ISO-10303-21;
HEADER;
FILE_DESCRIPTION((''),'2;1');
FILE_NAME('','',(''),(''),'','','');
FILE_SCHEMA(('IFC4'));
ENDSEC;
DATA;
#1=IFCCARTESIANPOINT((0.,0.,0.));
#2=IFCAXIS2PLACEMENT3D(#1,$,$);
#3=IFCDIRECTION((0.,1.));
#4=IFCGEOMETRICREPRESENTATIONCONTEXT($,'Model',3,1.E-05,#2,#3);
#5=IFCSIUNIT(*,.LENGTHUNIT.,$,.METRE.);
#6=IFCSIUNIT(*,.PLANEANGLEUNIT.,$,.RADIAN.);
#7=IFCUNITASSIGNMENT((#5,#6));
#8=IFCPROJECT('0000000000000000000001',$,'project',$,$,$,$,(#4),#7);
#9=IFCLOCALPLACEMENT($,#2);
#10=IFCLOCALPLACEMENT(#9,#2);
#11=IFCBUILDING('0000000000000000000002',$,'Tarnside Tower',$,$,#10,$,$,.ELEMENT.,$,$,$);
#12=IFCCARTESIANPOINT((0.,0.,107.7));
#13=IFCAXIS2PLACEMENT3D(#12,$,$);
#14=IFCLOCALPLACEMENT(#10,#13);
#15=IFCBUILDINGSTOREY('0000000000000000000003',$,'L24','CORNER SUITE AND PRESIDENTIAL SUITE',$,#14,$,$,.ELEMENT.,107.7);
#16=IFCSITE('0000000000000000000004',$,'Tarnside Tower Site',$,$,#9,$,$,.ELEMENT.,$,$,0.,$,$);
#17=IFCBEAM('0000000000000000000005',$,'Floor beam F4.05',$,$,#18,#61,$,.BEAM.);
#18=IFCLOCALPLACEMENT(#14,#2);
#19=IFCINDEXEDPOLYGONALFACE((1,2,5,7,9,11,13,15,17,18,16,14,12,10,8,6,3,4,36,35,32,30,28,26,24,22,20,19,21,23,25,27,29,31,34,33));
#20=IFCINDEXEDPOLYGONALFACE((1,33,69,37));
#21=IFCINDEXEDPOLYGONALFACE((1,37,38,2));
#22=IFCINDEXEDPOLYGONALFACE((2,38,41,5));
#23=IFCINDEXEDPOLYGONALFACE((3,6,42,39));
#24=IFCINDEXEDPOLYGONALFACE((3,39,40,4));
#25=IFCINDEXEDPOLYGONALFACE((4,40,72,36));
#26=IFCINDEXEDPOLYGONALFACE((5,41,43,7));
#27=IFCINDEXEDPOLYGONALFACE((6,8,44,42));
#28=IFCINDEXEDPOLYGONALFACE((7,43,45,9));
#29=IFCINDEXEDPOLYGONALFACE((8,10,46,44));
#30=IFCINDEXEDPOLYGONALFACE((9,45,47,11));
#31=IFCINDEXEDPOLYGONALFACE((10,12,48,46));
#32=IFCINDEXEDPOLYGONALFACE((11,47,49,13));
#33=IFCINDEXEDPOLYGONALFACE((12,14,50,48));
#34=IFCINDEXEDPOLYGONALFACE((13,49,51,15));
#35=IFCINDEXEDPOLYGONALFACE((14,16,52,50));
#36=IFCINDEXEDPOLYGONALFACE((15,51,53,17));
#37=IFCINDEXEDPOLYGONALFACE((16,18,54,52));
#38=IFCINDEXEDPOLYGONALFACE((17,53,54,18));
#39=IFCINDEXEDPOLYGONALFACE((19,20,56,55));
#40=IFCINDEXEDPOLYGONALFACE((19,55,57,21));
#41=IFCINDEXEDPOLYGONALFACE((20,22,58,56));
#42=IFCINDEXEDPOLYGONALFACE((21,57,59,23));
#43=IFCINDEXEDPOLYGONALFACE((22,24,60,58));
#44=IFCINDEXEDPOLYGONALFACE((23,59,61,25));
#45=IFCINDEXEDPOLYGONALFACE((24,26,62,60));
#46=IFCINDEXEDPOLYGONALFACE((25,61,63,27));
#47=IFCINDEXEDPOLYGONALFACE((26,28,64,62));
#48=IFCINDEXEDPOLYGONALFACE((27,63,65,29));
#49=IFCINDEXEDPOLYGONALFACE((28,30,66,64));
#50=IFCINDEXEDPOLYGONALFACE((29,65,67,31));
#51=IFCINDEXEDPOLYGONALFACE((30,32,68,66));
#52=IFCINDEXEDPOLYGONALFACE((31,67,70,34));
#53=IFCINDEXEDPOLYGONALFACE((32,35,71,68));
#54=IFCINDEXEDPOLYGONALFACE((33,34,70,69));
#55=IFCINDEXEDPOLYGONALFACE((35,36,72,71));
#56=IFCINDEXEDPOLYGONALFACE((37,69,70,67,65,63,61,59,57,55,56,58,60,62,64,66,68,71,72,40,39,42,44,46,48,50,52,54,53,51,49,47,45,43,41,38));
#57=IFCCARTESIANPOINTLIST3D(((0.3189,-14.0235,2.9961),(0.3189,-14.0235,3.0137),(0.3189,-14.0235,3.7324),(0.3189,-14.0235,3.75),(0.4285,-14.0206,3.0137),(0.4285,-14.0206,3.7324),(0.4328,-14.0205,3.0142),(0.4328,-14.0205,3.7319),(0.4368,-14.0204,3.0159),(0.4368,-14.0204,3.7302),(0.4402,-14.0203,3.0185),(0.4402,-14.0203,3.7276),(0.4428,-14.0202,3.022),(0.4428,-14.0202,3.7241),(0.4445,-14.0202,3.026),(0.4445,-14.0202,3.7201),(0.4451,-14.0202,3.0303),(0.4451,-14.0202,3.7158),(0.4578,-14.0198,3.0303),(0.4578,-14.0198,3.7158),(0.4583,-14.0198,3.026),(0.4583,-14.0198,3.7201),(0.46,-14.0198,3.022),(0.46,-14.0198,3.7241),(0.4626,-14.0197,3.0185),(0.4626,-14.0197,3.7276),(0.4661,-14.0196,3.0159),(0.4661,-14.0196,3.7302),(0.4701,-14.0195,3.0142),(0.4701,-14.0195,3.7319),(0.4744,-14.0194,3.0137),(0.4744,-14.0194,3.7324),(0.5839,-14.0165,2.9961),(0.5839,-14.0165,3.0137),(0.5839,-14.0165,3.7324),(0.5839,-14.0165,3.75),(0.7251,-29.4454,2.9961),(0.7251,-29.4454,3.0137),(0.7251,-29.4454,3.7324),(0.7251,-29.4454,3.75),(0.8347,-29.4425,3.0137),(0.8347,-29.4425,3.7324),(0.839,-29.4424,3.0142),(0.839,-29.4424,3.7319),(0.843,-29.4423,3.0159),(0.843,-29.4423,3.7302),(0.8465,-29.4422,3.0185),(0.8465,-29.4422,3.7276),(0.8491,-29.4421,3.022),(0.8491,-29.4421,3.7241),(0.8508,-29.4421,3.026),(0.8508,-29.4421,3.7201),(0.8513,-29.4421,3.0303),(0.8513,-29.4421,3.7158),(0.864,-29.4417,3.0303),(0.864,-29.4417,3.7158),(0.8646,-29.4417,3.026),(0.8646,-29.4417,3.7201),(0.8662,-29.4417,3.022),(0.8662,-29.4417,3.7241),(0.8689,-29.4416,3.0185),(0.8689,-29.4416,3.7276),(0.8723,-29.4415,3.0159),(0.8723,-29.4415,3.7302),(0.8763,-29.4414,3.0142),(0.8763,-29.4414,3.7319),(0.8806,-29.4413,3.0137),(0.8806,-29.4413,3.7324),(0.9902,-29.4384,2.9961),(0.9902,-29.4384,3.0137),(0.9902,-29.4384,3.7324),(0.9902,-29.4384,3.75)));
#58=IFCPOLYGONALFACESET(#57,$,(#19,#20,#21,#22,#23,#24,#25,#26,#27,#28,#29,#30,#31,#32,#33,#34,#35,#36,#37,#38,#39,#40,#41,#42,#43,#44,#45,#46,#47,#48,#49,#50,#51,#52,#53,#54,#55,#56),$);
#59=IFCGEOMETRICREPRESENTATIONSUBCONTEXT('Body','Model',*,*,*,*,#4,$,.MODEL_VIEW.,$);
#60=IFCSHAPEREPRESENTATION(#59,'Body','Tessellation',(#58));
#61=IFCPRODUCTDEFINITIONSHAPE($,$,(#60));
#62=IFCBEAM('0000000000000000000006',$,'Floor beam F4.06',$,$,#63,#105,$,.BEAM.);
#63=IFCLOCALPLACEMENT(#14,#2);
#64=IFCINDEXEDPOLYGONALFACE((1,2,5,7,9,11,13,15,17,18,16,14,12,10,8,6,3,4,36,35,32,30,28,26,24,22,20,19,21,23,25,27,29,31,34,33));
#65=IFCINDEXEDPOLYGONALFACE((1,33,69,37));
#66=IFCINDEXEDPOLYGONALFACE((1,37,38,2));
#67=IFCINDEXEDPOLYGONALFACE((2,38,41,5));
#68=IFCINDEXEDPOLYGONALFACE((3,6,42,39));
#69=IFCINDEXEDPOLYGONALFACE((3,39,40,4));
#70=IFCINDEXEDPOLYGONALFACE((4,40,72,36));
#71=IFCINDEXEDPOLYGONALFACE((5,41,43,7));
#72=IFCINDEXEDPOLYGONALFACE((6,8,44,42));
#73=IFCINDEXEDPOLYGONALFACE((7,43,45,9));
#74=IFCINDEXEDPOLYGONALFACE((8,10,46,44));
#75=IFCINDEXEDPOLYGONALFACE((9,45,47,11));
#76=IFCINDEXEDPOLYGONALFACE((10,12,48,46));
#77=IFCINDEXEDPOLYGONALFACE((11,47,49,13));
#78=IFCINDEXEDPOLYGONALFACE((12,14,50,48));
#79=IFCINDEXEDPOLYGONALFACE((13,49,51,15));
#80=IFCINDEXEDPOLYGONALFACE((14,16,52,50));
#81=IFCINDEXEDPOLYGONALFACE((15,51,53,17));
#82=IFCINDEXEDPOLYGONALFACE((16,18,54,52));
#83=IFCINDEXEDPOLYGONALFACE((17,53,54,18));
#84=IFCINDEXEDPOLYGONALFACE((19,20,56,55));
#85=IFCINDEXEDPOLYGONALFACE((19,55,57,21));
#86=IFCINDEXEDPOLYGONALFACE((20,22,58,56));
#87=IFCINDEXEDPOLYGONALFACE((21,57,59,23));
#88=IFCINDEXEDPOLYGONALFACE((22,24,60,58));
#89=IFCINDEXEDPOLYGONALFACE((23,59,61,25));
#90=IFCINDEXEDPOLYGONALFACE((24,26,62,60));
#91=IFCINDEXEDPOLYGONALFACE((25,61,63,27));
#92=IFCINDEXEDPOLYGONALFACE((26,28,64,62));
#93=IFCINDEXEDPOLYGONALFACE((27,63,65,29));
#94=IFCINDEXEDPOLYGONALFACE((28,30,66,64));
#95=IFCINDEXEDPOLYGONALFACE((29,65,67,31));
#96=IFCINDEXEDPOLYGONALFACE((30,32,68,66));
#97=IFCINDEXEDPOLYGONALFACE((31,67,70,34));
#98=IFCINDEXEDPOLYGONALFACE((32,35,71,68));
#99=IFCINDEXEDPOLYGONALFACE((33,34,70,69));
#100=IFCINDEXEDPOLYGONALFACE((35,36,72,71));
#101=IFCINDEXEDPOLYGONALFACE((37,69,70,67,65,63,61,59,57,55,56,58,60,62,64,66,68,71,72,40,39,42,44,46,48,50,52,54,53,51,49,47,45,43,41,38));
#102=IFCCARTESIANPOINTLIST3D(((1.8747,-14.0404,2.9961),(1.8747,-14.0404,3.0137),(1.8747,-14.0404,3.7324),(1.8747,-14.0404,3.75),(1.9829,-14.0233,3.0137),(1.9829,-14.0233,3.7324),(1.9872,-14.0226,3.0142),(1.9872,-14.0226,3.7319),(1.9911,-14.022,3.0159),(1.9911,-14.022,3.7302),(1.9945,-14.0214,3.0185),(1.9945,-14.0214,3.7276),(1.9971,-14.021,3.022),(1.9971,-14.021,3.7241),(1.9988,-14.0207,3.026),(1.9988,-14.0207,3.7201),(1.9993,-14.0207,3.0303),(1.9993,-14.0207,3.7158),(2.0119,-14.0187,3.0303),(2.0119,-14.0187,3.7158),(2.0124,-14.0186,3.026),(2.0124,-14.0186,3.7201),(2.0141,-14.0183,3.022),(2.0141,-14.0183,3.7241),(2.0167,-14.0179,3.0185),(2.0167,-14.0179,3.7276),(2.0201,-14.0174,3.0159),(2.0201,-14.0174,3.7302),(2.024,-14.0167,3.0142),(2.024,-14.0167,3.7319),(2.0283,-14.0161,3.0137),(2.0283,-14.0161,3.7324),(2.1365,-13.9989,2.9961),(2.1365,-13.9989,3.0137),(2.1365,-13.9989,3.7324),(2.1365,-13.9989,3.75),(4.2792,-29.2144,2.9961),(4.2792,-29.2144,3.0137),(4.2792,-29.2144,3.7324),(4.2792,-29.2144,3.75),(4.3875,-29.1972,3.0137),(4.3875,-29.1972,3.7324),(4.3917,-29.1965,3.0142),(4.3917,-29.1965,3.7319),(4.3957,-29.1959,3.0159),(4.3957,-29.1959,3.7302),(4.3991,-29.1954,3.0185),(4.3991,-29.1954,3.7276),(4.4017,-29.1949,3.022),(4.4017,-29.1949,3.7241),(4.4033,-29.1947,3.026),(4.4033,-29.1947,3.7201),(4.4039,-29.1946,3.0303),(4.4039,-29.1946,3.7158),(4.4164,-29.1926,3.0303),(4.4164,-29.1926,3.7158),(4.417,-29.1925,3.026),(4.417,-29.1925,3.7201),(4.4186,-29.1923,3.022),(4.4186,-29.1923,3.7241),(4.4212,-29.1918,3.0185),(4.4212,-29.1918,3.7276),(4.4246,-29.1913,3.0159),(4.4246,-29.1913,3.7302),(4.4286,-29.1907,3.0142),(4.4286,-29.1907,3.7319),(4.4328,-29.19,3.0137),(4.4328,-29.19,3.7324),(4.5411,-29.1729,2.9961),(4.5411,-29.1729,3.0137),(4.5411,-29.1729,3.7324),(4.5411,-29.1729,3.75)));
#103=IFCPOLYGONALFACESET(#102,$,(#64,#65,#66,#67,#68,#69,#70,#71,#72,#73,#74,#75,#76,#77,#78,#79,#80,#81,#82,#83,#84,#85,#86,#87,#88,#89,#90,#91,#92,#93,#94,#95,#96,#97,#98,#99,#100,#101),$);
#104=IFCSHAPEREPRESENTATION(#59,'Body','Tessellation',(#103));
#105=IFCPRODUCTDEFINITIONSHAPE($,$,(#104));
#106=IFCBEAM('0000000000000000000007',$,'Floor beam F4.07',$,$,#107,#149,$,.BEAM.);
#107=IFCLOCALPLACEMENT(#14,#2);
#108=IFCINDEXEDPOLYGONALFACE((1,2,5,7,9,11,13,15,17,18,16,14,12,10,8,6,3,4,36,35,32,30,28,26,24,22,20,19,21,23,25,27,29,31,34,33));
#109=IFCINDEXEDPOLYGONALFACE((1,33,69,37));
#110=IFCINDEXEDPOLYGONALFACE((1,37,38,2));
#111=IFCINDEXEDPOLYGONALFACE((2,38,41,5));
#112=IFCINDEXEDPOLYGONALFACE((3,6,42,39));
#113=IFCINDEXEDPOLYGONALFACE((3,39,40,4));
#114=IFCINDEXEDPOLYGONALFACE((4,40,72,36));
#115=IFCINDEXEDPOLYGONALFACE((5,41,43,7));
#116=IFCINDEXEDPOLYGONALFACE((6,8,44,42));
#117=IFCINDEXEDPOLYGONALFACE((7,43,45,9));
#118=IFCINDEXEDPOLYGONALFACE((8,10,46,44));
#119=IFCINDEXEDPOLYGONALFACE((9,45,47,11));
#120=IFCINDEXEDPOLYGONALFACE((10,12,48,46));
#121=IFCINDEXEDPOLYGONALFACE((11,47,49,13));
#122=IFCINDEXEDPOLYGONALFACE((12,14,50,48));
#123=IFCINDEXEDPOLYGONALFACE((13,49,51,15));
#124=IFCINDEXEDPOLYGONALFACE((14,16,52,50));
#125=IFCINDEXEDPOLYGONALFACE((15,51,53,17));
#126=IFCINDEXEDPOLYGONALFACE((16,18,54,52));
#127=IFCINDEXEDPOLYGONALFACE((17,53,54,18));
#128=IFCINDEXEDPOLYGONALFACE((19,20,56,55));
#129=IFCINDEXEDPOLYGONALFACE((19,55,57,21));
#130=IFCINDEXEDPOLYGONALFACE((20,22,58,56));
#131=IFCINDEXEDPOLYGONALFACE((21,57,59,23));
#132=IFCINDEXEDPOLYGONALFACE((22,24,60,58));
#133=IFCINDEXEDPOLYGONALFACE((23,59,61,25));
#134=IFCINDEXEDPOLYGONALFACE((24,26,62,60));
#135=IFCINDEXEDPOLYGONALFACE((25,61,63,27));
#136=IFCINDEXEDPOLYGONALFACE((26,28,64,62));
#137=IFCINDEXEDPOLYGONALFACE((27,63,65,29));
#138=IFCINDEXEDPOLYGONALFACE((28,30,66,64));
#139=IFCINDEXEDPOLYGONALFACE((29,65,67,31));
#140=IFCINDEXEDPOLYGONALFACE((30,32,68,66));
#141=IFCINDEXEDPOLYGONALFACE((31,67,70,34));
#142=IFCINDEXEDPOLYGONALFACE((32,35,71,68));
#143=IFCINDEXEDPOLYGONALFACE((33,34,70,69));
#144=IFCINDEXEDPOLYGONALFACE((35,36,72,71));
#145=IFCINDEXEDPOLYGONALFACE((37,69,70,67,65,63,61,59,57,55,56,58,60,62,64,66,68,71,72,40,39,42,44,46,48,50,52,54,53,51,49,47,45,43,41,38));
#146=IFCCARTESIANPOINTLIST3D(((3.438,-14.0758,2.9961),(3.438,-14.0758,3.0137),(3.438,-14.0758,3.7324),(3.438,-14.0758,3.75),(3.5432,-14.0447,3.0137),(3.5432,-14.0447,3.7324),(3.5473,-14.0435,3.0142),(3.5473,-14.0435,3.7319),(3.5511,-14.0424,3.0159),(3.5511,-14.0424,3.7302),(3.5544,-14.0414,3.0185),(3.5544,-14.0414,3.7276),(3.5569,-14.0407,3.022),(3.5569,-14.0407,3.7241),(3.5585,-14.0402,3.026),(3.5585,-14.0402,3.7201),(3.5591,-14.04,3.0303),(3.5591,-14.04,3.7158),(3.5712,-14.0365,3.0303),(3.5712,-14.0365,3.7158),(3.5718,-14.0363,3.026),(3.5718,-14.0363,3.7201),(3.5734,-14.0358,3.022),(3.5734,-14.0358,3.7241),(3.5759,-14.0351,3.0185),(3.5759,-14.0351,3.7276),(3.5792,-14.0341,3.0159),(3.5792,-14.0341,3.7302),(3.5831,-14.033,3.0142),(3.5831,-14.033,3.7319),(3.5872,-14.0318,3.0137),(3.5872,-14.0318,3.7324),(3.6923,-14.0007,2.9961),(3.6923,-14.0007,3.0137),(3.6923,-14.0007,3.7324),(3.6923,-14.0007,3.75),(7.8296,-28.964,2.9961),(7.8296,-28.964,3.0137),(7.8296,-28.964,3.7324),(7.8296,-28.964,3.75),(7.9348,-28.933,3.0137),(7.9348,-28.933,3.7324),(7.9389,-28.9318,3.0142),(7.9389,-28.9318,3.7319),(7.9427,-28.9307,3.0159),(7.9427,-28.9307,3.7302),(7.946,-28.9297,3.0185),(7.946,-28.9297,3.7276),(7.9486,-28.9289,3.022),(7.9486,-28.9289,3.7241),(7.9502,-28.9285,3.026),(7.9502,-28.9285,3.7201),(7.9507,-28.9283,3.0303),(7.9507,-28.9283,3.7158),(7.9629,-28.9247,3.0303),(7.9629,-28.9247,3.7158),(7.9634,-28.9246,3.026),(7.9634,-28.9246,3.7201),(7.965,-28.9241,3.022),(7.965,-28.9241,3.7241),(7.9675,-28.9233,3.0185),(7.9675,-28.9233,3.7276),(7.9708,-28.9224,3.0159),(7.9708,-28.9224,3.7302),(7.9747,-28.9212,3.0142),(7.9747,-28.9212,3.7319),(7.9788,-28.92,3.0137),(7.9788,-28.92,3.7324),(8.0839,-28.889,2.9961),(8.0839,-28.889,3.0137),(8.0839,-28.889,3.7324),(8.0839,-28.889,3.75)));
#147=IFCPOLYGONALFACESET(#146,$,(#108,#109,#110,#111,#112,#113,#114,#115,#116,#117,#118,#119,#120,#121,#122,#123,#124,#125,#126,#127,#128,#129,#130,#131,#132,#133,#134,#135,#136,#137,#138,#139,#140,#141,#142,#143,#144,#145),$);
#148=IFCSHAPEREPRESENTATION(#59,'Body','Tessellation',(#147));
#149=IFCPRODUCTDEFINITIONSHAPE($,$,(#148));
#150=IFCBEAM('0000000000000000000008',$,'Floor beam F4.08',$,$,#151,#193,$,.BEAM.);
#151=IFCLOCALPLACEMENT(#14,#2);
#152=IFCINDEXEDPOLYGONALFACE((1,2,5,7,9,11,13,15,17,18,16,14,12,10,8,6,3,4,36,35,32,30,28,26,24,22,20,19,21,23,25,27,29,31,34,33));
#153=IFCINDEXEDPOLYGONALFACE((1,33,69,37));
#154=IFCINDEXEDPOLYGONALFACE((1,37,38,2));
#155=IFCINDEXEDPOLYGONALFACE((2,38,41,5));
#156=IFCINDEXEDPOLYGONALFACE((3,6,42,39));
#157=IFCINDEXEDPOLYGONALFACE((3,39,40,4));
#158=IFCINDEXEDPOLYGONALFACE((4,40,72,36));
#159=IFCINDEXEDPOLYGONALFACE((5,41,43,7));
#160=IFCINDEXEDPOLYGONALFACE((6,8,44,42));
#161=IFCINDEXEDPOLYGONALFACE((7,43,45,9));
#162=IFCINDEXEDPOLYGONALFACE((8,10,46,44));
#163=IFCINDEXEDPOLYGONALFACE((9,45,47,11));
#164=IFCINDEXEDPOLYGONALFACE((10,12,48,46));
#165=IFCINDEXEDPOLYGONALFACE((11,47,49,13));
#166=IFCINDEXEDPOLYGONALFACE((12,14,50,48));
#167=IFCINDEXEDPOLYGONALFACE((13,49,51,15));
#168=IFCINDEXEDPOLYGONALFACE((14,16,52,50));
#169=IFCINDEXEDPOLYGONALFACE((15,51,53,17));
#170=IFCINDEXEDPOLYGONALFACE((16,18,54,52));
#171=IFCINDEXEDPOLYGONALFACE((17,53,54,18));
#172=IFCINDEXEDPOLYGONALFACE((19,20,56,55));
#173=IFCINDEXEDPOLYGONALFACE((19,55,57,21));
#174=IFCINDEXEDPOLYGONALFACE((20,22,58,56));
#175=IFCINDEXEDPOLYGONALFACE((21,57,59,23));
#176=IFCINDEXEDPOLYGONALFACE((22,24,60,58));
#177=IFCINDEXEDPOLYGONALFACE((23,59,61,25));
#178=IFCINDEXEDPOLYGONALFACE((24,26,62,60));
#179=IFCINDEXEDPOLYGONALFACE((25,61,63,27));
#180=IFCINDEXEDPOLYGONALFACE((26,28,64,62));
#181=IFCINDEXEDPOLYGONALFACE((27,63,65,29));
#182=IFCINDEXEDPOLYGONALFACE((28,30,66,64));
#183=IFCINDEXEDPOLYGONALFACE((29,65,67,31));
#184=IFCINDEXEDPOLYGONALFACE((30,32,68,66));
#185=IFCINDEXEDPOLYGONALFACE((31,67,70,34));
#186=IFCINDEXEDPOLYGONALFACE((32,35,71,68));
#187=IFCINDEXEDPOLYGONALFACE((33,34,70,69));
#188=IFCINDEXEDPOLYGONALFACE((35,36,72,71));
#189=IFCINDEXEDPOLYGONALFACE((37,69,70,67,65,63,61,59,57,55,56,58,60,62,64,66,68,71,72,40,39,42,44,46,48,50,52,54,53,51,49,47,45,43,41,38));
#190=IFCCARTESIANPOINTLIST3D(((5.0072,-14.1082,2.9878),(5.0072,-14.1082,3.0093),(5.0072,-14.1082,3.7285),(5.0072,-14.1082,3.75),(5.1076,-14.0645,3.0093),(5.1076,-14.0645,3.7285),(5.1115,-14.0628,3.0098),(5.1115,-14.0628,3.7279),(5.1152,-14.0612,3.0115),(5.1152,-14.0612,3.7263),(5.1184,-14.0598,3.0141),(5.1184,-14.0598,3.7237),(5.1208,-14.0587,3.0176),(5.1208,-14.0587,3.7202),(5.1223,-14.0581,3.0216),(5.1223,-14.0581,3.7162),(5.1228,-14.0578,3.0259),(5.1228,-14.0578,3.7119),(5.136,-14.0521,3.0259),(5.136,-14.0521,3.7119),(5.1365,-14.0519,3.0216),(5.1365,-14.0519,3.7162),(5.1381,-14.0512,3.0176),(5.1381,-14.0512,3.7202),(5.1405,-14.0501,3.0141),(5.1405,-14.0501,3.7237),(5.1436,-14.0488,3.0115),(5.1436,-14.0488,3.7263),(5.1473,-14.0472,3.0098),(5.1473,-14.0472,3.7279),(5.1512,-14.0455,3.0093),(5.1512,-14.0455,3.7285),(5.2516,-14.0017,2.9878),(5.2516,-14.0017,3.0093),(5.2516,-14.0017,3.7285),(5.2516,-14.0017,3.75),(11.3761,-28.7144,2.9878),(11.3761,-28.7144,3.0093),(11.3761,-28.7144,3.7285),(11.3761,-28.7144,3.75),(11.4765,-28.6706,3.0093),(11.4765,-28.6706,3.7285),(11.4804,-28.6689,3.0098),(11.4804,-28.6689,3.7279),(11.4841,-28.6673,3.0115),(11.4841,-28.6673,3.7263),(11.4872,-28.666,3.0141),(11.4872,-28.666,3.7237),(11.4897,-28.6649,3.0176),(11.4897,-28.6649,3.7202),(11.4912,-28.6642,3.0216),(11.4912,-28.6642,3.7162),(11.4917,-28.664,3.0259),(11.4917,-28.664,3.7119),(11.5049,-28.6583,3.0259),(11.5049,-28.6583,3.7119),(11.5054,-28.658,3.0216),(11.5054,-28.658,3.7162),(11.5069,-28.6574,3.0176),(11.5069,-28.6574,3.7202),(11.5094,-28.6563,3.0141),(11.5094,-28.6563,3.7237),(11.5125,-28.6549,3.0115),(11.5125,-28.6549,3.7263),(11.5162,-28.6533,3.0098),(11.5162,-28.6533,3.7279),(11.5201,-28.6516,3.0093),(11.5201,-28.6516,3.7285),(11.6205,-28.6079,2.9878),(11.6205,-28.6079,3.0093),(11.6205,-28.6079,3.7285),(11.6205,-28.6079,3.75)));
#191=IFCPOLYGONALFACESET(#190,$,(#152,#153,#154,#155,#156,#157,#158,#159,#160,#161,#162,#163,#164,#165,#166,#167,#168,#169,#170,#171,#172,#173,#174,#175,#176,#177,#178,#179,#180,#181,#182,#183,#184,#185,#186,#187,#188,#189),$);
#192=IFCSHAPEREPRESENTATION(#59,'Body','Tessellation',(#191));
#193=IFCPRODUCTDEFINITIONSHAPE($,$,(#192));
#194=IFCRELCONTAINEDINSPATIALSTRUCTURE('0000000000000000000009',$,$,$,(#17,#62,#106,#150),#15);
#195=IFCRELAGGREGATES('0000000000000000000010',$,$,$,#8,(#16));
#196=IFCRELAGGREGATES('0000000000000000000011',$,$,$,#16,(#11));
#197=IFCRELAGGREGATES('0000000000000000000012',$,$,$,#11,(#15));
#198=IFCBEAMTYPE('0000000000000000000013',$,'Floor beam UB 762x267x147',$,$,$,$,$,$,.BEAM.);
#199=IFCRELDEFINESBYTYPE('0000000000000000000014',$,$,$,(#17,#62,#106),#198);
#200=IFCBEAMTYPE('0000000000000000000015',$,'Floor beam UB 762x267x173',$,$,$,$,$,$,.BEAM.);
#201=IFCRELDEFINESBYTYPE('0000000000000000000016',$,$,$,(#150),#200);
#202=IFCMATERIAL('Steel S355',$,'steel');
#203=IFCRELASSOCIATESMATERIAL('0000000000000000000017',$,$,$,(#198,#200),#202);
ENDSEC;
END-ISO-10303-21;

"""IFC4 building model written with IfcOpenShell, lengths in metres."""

from ifc_helpers import new_model, si_unit, direction, frame, origin, origin_2d, place, context, subcontext, project, spatial, i_section, extrude, material, material_profile, profile_set, type_object, element, save


model = new_model("IFC4")

# Units and contexts
model_context = context("Model", 3, precision=1e-05, world=origin(), true_north=direction((0.0, 1.0)))
body_context = subcontext(model_context, "Body", "Model", "MODEL_VIEW")
ifc_project = project(units=[si_unit("LENGTHUNIT", "METRE"), si_unit("PLANEANGLEUNIT", "RADIAN")], contexts=[model_context])

# Site, building, storey
site_placement = place(None, origin())
site = spatial("IfcSite", under=ifc_project, at=site_placement, Name="Tarnside Tower Site", CompositionType="ELEMENT", RefElevation=0.0)
building_placement = place(site_placement, origin())
building = spatial("IfcBuilding", under=site, at=building_placement, Name="Tarnside Tower", CompositionType="ELEMENT")
storey_placement = place(building_placement, frame((0.0, 0.0, 107.7)))
storey = spatial("IfcBuildingStorey", under=building, at=storey_placement, Name="L24", Description="CORNER SUITE AND PRESIDENTIAL SUITE", CompositionType="ELEMENT", Elevation=107.7)

# Beams
ifc_material_1 = material(Name="Steel S355", Category="steel")
ifc_material_profile_1 = material_profile(ifc_material_1, i_section(OverallWidth=0.2651, OverallDepth=0.7539, WebThickness=0.0127, FlangeThickness=0.0176, FilletRadius=0.0166, at=origin_2d()), Name="UB 762x267x147")
ifc_profile_set_1 = profile_set([ifc_material_profile_1], Name="Steel S355")
beam_type_1 = type_object("IfcBeamType", Name="Floor beam UB 762x267x147", PredefinedType="BEAM", material=ifc_profile_set_1)
beam_1_placement = place(storey_placement, frame((0.8577, -29.4419, 3.373), z_axis=(-0.026333, 0.999653, 0.0), x_axis=(-0.999653, -0.026333, 0.0)))
element("IfcBeam", 1, at=beam_1_placement, inside=storey, type_object=beam_type_1, Name="Floor beam F4.05", PredefinedType="BEAM", context=body_context, shape_type="SweptSolid", body=[
    extrude(i_section(OverallWidth=0.2651, OverallDepth=0.7539, WebThickness=0.0127, FlangeThickness=0.0176, FilletRadius=0.0166, at=origin_2d()), origin(), (0.0, 0.0, 1.0), 15.4272),
])
beam_2_placement = place(storey_placement, frame((4.4102, -29.1936, 3.373), z_axis=(-0.156513, 0.987676, 0.0), x_axis=(-0.987676, -0.156513, 0.0)))
element("IfcBeam", 2, at=beam_2_placement, inside=storey, type_object=beam_type_1, Name="Floor beam F4.06", PredefinedType="BEAM", context=body_context, shape_type="SweptSolid", body=[
    extrude(i_section(OverallWidth=0.2651, OverallDepth=0.7539, WebThickness=0.0127, FlangeThickness=0.0176, FilletRadius=0.0166, at=origin_2d()), origin(), (0.0, 0.0, 1.0), 15.3633),
])
beam_3_placement = place(storey_placement, frame((7.9568, -28.9265, 3.373), z_axis=(-0.282921, 0.959143, 0.0), x_axis=(-0.959143, -0.282921, 0.0)))
element("IfcBeam", 3, at=beam_3_placement, inside=storey, type_object=beam_type_1, Name="Floor beam F4.07", PredefinedType="BEAM", context=body_context, shape_type="SweptSolid", body=[
    extrude(i_section(OverallWidth=0.2651, OverallDepth=0.7539, WebThickness=0.0127, FlangeThickness=0.0176, FilletRadius=0.0166, at=origin_2d()), origin(), (0.0, 0.0, 1.0), 15.5225),
])
ifc_material_profile_2 = material_profile(ifc_material_1, i_section(OverallWidth=0.2666, OverallDepth=0.7622, WebThickness=0.0144, FlangeThickness=0.0215, FilletRadius=0.0166, at=origin_2d()), Name="UB 762x267x173")
ifc_profile_set_2 = profile_set([ifc_material_profile_2], Name="Steel S355")
beam_type_2 = type_object("IfcBeamType", Name="Floor beam UB 762x267x173", PredefinedType="BEAM", material=ifc_profile_set_2)
beam_4_placement = place(storey_placement, frame((11.4983, -28.6611, 3.3689), z_axis=(-0.399696, 0.916648, 0.0), x_axis=(-0.916648, -0.399696, 0.0)))
element("IfcBeam", 4, at=beam_4_placement, inside=storey, type_object=beam_type_2, Name="Floor beam F4.08", PredefinedType="BEAM", context=body_context, shape_type="SweptSolid", body=[
    extrude(i_section(OverallWidth=0.2666, OverallDepth=0.7622, WebThickness=0.0144, FlangeThickness=0.0215, FilletRadius=0.0166, at=origin_2d()), origin(), (0.0, 0.0, 1.0), 15.9343),
])

save(model, "model.ifc")
